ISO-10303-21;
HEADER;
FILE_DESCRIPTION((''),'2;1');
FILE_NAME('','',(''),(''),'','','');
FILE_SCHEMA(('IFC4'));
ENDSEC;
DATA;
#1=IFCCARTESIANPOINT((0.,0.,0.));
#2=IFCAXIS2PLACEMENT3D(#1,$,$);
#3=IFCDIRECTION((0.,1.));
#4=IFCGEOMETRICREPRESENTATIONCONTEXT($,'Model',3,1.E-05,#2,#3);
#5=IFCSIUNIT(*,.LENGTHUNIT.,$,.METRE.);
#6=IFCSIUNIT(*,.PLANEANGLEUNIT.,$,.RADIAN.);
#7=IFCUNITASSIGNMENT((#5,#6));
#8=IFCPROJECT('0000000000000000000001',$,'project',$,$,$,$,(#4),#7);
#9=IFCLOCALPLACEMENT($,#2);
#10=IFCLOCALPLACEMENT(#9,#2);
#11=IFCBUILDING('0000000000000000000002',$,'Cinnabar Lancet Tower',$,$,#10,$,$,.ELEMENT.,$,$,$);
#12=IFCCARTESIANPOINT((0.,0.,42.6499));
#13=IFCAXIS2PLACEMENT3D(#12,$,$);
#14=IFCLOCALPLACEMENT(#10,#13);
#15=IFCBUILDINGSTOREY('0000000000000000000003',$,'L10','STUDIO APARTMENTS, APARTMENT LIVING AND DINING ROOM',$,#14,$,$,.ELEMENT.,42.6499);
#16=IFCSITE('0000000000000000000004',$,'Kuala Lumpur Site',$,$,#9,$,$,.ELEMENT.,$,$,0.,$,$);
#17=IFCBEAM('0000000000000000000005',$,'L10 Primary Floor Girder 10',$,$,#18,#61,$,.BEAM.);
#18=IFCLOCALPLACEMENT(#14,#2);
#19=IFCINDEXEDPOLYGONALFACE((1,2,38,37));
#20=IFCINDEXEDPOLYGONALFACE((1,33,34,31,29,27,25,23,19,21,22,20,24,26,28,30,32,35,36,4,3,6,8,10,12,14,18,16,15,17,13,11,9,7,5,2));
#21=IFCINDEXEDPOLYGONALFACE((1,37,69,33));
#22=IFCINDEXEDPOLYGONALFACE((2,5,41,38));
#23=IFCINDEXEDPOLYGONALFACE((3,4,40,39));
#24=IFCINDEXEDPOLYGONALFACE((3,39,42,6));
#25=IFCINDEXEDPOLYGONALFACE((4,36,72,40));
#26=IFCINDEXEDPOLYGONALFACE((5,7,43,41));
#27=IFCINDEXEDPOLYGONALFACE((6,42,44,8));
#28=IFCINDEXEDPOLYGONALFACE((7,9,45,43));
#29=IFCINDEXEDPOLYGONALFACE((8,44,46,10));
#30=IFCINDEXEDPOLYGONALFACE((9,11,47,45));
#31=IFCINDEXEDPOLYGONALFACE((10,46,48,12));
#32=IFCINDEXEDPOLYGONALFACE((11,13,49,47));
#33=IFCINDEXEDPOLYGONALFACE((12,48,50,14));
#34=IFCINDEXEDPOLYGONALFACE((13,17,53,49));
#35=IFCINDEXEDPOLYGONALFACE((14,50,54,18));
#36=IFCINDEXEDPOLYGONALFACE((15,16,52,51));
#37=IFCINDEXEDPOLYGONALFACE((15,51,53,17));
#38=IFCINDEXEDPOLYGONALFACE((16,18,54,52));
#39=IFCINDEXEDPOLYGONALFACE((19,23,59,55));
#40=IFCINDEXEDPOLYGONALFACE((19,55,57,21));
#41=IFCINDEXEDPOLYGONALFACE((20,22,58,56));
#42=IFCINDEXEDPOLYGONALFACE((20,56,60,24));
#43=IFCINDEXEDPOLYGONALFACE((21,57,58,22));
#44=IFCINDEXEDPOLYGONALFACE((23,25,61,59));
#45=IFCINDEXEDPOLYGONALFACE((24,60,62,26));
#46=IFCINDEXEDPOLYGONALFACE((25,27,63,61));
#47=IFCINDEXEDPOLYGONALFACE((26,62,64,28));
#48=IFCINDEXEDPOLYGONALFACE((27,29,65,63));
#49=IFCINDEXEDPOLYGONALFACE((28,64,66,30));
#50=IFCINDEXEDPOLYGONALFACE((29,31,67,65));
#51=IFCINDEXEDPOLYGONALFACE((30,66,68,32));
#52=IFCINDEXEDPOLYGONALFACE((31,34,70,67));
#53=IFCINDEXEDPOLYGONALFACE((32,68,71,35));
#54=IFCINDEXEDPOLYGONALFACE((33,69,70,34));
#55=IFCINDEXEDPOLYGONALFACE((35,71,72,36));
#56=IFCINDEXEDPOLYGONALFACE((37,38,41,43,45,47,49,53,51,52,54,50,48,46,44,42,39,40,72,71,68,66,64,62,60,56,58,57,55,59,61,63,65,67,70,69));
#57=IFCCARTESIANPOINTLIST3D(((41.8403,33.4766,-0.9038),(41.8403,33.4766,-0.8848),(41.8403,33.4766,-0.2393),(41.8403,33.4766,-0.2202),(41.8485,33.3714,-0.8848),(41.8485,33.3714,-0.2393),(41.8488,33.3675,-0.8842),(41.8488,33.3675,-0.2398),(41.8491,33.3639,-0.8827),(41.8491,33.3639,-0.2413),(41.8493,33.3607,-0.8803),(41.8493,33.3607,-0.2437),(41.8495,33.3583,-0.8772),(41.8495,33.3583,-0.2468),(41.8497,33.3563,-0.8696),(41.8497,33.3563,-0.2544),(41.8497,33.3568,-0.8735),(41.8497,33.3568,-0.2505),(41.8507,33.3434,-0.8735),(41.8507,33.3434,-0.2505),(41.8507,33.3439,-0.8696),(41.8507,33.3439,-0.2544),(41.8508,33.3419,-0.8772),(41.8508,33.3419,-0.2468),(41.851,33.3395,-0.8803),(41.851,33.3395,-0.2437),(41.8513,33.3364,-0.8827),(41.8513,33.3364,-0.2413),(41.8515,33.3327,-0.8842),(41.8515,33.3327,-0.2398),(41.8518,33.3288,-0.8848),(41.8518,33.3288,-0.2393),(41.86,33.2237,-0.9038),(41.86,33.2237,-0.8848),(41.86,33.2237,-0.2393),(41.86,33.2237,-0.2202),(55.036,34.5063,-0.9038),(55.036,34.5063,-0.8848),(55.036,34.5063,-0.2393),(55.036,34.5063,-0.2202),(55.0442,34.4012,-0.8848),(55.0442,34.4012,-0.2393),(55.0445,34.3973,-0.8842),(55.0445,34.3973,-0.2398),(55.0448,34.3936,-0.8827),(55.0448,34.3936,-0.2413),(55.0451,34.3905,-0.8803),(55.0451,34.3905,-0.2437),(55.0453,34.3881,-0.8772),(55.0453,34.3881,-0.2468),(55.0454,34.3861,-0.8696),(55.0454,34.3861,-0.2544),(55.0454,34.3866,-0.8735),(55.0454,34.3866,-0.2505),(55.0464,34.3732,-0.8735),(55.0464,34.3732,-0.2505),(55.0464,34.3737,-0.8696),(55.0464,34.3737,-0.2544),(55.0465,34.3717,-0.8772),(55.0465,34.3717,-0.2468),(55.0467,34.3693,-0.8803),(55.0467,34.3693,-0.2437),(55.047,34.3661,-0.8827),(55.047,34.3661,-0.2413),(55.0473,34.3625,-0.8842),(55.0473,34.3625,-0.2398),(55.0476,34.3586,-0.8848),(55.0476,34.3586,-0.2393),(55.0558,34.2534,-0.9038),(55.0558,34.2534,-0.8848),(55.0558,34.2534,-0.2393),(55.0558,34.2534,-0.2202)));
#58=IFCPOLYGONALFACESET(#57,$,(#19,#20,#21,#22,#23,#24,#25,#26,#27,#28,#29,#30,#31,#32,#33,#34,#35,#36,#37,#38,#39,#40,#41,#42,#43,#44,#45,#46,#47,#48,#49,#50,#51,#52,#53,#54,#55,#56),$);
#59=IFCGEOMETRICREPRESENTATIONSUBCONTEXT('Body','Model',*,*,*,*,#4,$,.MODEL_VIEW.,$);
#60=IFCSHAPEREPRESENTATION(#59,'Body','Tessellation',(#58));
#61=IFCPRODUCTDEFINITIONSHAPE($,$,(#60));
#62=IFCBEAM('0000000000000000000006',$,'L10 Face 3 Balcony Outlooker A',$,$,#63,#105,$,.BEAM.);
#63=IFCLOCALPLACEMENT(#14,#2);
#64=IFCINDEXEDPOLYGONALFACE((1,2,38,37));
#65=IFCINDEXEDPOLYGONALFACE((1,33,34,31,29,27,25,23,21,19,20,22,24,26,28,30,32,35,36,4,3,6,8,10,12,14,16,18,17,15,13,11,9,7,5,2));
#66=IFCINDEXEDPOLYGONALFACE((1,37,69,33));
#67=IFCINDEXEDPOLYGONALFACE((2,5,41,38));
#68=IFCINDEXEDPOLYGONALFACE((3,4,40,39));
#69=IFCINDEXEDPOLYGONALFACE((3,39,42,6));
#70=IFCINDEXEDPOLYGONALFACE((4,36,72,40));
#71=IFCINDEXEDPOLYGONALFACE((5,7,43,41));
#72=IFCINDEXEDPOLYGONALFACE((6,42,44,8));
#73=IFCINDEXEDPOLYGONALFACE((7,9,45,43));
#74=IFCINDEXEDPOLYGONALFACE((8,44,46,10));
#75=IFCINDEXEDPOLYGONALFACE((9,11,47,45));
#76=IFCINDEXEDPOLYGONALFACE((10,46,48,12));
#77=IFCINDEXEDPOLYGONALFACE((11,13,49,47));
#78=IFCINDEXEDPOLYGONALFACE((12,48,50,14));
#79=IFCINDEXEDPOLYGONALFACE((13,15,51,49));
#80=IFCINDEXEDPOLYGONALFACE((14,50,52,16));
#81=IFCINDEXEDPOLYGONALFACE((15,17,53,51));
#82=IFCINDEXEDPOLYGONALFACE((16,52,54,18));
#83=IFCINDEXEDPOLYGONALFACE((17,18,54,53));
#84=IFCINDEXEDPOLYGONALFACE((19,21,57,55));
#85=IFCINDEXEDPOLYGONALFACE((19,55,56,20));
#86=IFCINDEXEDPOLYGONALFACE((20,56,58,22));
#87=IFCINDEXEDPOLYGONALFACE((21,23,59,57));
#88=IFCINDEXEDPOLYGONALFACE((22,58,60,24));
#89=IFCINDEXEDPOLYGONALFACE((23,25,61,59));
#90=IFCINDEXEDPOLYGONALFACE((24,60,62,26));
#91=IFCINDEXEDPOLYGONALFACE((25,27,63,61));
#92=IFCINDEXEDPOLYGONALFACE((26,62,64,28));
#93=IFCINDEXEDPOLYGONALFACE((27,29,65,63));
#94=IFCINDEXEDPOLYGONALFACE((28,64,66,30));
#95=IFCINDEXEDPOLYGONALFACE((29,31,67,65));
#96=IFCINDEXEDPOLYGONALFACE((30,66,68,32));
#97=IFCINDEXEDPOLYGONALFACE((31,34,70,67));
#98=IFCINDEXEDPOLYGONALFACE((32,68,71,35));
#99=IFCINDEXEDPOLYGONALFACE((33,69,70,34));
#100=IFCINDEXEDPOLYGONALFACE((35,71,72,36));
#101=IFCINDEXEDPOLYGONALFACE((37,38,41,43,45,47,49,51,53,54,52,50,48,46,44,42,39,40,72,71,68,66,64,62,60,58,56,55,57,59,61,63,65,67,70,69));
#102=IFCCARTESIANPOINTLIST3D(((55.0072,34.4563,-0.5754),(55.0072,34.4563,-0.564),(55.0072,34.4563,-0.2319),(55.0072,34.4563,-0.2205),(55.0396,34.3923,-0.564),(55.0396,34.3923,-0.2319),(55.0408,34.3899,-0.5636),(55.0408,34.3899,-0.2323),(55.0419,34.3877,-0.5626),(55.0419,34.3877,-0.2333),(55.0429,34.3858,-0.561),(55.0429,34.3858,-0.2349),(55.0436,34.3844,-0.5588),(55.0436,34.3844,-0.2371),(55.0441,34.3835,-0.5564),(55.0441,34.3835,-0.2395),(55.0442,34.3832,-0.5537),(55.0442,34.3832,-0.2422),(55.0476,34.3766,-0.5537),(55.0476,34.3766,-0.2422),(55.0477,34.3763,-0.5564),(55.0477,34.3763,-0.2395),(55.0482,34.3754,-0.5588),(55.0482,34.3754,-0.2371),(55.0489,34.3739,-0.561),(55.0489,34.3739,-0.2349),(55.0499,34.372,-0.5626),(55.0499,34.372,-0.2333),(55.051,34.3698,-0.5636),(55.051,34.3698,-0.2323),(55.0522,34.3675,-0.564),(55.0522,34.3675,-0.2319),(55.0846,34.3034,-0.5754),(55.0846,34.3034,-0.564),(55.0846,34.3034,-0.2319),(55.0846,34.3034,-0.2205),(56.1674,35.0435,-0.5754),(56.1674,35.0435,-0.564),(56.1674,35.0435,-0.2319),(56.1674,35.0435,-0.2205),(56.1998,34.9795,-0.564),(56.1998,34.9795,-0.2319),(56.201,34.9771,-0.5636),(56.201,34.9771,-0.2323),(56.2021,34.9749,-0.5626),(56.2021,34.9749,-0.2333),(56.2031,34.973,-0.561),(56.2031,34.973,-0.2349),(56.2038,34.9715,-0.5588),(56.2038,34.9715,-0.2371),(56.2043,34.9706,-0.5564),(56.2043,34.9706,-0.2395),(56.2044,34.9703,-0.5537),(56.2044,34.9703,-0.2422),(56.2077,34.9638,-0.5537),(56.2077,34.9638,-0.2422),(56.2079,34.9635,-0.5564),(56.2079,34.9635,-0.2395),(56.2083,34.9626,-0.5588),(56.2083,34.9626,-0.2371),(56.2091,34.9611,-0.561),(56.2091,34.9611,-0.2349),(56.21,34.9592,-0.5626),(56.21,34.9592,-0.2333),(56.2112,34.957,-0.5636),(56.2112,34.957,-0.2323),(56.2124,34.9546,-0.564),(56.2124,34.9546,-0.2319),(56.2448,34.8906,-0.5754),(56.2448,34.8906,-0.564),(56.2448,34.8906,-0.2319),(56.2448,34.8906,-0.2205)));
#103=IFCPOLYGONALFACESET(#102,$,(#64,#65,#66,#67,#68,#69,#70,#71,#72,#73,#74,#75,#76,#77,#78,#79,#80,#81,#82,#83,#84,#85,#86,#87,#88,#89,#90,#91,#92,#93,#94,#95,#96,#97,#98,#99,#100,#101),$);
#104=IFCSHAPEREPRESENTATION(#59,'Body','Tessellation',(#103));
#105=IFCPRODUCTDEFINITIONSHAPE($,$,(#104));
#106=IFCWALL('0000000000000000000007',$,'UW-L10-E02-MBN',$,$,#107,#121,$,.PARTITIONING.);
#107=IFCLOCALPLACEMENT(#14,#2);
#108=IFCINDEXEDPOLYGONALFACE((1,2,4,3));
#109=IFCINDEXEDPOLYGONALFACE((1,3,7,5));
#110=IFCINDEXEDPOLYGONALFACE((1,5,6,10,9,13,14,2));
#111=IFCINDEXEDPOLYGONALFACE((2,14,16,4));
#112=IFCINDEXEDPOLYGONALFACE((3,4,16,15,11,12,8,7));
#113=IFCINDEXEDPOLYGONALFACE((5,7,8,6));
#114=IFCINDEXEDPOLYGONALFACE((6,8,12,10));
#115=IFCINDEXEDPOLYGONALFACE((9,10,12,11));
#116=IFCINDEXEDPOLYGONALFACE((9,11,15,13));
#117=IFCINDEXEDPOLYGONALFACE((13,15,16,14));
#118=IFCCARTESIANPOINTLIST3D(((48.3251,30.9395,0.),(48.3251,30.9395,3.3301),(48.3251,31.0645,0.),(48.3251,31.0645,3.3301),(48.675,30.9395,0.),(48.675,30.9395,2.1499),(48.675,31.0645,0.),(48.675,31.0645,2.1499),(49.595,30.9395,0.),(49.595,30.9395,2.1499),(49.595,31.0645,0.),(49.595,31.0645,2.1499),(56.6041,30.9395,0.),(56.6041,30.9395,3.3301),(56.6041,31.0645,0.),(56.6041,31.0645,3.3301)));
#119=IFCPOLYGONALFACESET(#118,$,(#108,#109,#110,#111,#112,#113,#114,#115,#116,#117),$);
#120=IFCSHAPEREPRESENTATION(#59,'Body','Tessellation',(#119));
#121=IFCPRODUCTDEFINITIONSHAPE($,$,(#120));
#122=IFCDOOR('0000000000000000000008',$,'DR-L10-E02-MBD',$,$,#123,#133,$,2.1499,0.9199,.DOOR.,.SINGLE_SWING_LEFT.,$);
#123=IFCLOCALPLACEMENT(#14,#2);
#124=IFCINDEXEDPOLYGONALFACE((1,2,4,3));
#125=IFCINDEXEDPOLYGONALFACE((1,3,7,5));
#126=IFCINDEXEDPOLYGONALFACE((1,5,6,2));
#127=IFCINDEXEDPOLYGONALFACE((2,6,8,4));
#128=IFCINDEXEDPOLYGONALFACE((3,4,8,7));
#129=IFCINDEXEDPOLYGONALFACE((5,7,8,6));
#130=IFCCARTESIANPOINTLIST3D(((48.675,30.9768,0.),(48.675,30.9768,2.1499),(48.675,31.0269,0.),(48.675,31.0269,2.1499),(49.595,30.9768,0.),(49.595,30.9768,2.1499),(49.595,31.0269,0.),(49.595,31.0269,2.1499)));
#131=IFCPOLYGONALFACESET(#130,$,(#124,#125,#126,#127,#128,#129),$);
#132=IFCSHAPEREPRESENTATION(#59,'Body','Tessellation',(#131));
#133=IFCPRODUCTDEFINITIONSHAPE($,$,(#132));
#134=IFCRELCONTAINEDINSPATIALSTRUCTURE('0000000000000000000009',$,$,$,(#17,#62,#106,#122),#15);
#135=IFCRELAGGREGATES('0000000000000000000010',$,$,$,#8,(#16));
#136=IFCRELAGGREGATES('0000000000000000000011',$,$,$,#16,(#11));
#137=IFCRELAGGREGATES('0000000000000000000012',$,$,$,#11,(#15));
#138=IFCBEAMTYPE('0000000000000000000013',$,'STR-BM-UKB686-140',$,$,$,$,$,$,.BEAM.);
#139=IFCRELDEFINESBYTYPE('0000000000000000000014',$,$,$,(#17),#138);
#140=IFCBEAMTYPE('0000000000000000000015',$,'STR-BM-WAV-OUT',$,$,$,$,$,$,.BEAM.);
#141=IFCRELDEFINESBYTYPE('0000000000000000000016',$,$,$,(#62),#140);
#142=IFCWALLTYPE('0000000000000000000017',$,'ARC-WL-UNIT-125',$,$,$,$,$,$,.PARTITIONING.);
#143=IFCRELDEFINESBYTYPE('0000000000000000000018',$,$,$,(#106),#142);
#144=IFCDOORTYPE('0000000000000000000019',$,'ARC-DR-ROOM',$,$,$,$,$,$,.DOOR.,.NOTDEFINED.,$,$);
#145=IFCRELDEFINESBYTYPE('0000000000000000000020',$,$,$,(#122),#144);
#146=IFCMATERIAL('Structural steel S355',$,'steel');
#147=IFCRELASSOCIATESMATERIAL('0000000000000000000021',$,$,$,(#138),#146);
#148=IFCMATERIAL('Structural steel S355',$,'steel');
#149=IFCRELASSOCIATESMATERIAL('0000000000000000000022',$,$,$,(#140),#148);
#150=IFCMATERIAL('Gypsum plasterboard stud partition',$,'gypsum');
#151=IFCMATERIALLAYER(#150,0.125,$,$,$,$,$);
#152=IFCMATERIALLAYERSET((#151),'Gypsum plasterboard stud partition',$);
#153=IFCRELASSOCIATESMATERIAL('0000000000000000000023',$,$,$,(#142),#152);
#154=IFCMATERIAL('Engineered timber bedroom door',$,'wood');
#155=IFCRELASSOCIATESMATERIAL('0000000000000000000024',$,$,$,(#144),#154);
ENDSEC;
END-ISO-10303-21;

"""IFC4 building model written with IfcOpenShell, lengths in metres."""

from ifc_helpers import new_model, si_unit, direction, frame, frame_2d, origin, origin_2d, place, context, subcontext, project, spatial, rectangle, i_section, extrude, material, layer, layer_set, material_profile, profile_set, type_object, element, fill, save


model = new_model("IFC4")

# Units and contexts
model_context = context("Model", 3, precision=1e-05, world=origin(), true_north=direction((0.0, 1.0)))
body_context = subcontext(model_context, "Body", "Model", "MODEL_VIEW")
ifc_project = project(units=[si_unit("LENGTHUNIT", "METRE"), si_unit("PLANEANGLEUNIT", "RADIAN")], contexts=[model_context])

# Site, building, storey
site_placement = place(None, origin())
site = spatial("IfcSite", under=ifc_project, at=site_placement, Name="Kuala Lumpur Site", CompositionType="ELEMENT", RefElevation=0.0)
building_placement = place(site_placement, origin())
building = spatial("IfcBuilding", under=site, at=building_placement, Name="Cinnabar Lancet Tower", CompositionType="ELEMENT")
storey_placement = place(building_placement, frame((0.0, 0.0, 42.6499)))
storey = spatial("IfcBuildingStorey", under=building, at=storey_placement, Name="L10", Description="STUDIO APARTMENTS, APARTMENT LIVING AND DINING ROOM", CompositionType="ELEMENT", Elevation=42.6499)

# Beams
ifc_material_1 = material(Name="Structural steel S355", Category="steel")
ifc_material_profile_1 = material_profile(ifc_material_1, i_section(OverallWidth=0.2537, OverallDepth=0.6836, WebThickness=0.0125, FlangeThickness=0.019, FilletRadius=0.0151, at=origin_2d()), Name="UKB 686x254x140")
ifc_profile_set_1 = profile_set([ifc_material_profile_1], Name="Structural steel S355")
beam_type_1 = type_object("IfcBeamType", Name="STR-BM-UKB686-140", PredefinedType="BEAM", material=ifc_profile_set_1)
beam_1_placement = place(storey_placement, frame((55.0459, 34.3799, -0.562), z_axis=(-0.996969, -0.077802, 0.0), x_axis=(0.077802, -0.996969, 0.0)))
element("IfcBeam", 1, at=beam_1_placement, inside=storey, type_object=beam_type_1, Name="L10 Primary Floor Girder 10", PredefinedType="BEAM", context=body_context, shape_type="SweptSolid", body=[
    extrude(i_section(OverallWidth=0.2537, OverallDepth=0.6836, WebThickness=0.0125, FlangeThickness=0.019, FilletRadius=0.0151, at=origin_2d()), origin(), (0.0, 0.0, 1.0), 13.2358),
])
ifc_material_2 = material(Name="Structural steel S355", Category="steel")
ifc_material_profile_2 = material_profile(ifc_material_2, i_section(OverallWidth=0.1714, OverallDepth=0.355, WebThickness=0.0073, FlangeThickness=0.0115, FilletRadius=0.0103, at=origin_2d()), Name="UKB 356x171x51")
ifc_profile_set_2 = profile_set([ifc_material_profile_2], Name="Structural steel S355")
beam_type_2 = type_object("IfcBeamType", Name="STR-BM-WAV-OUT", PredefinedType="BEAM", material=ifc_profile_set_2)
beam_2_placement = place(storey_placement, frame((55.0459, 34.3799, -0.3979), z_axis=(0.892239, 0.451564, 0.0), x_axis=(-0.451564, 0.892239, 0.0)))
element("IfcBeam", 2, at=beam_2_placement, inside=storey, type_object=beam_type_2, Name="L10 Face 3 Balcony Outlooker A", PredefinedType="BEAM", context=body_context, shape_type="SweptSolid", body=[
    extrude(i_section(OverallWidth=0.1714, OverallDepth=0.355, WebThickness=0.0073, FlangeThickness=0.0115, FilletRadius=0.0103, at=origin_2d()), origin(), (0.0, 0.0, 1.0), 1.3003),
])

# Wall, opening, door
ifc_material_3 = material(Name="Gypsum plasterboard stud partition", Category="gypsum")
ifc_layer_1 = layer(ifc_material_3, 0.125)
ifc_layer_set_1 = layer_set([ifc_layer_1], Name="Gypsum plasterboard stud partition")
wall_type_1 = type_object("IfcWallType", Name="ARC-WL-UNIT-125", PredefinedType="PARTITIONING", material=ifc_layer_set_1)
wall_1_placement = place(storey_placement, frame((48.325, 31.002, 0.0), z_axis=(0.0, 0.0, 1.0), x_axis=(1.0, 0.0, 0.0)))
wall_1 = element("IfcWall", 3, at=wall_1_placement, inside=storey, type_object=wall_type_1, Name="UW-L10-E02-MBN", PredefinedType="PARTITIONING", context=body_context, shape_type="SweptSolid", body=[
    extrude(rectangle(XDim=8.2791, YDim=0.125, at=frame_2d((4.1396, 0.0))), origin(), (0.0, 0.0, 1.0), 3.3301),
])
opening_1_placement = place(wall_1_placement, frame((0.3501, 0.0, 0.0)))
opening_1 = element("IfcOpeningElement", 4, at=opening_1_placement, cuts=wall_1, PredefinedType="OPENING", context=body_context, shape_type="SweptSolid", body=[
    extrude(rectangle(XDim=0.9199, YDim=2.1499, at=frame_2d((0.46, 1.075))), frame((0.0, 0.0725, 0.0), z_axis=(0.0, -1.0, 0.0), x_axis=(1.0, 0.0, 0.0)), (0.0, 0.0, 1.0), 0.145),
])
ifc_material_4 = material(Name="Engineered timber bedroom door", Category="wood")
door_type_1 = type_object("IfcDoorType", Name="ARC-DR-ROOM", OperationType="NOTDEFINED", PredefinedType="DOOR", material=ifc_material_4)
door_1_placement = place(opening_1_placement, origin())
door_1 = element("IfcDoor", 5, at=door_1_placement, inside=storey, type_object=door_type_1, Name="DR-L10-E02-MBD", OperationType="SINGLE_SWING_LEFT", OverallHeight=2.1499, OverallWidth=0.9199, PredefinedType="DOOR", context=body_context, shape_type="SweptSolid", body=[
    extrude(rectangle(XDim=0.9199, YDim=2.1499, at=frame_2d((0.46, 1.075))), frame((0.0, 0.0249, 0.0), z_axis=(0.0, -1.0, 0.0), x_axis=(1.0, 0.0, 0.0)), (0.0, 0.0, 1.0), 0.05),
])
fill(opening_1, door_1)

save(model, "model.ifc")
